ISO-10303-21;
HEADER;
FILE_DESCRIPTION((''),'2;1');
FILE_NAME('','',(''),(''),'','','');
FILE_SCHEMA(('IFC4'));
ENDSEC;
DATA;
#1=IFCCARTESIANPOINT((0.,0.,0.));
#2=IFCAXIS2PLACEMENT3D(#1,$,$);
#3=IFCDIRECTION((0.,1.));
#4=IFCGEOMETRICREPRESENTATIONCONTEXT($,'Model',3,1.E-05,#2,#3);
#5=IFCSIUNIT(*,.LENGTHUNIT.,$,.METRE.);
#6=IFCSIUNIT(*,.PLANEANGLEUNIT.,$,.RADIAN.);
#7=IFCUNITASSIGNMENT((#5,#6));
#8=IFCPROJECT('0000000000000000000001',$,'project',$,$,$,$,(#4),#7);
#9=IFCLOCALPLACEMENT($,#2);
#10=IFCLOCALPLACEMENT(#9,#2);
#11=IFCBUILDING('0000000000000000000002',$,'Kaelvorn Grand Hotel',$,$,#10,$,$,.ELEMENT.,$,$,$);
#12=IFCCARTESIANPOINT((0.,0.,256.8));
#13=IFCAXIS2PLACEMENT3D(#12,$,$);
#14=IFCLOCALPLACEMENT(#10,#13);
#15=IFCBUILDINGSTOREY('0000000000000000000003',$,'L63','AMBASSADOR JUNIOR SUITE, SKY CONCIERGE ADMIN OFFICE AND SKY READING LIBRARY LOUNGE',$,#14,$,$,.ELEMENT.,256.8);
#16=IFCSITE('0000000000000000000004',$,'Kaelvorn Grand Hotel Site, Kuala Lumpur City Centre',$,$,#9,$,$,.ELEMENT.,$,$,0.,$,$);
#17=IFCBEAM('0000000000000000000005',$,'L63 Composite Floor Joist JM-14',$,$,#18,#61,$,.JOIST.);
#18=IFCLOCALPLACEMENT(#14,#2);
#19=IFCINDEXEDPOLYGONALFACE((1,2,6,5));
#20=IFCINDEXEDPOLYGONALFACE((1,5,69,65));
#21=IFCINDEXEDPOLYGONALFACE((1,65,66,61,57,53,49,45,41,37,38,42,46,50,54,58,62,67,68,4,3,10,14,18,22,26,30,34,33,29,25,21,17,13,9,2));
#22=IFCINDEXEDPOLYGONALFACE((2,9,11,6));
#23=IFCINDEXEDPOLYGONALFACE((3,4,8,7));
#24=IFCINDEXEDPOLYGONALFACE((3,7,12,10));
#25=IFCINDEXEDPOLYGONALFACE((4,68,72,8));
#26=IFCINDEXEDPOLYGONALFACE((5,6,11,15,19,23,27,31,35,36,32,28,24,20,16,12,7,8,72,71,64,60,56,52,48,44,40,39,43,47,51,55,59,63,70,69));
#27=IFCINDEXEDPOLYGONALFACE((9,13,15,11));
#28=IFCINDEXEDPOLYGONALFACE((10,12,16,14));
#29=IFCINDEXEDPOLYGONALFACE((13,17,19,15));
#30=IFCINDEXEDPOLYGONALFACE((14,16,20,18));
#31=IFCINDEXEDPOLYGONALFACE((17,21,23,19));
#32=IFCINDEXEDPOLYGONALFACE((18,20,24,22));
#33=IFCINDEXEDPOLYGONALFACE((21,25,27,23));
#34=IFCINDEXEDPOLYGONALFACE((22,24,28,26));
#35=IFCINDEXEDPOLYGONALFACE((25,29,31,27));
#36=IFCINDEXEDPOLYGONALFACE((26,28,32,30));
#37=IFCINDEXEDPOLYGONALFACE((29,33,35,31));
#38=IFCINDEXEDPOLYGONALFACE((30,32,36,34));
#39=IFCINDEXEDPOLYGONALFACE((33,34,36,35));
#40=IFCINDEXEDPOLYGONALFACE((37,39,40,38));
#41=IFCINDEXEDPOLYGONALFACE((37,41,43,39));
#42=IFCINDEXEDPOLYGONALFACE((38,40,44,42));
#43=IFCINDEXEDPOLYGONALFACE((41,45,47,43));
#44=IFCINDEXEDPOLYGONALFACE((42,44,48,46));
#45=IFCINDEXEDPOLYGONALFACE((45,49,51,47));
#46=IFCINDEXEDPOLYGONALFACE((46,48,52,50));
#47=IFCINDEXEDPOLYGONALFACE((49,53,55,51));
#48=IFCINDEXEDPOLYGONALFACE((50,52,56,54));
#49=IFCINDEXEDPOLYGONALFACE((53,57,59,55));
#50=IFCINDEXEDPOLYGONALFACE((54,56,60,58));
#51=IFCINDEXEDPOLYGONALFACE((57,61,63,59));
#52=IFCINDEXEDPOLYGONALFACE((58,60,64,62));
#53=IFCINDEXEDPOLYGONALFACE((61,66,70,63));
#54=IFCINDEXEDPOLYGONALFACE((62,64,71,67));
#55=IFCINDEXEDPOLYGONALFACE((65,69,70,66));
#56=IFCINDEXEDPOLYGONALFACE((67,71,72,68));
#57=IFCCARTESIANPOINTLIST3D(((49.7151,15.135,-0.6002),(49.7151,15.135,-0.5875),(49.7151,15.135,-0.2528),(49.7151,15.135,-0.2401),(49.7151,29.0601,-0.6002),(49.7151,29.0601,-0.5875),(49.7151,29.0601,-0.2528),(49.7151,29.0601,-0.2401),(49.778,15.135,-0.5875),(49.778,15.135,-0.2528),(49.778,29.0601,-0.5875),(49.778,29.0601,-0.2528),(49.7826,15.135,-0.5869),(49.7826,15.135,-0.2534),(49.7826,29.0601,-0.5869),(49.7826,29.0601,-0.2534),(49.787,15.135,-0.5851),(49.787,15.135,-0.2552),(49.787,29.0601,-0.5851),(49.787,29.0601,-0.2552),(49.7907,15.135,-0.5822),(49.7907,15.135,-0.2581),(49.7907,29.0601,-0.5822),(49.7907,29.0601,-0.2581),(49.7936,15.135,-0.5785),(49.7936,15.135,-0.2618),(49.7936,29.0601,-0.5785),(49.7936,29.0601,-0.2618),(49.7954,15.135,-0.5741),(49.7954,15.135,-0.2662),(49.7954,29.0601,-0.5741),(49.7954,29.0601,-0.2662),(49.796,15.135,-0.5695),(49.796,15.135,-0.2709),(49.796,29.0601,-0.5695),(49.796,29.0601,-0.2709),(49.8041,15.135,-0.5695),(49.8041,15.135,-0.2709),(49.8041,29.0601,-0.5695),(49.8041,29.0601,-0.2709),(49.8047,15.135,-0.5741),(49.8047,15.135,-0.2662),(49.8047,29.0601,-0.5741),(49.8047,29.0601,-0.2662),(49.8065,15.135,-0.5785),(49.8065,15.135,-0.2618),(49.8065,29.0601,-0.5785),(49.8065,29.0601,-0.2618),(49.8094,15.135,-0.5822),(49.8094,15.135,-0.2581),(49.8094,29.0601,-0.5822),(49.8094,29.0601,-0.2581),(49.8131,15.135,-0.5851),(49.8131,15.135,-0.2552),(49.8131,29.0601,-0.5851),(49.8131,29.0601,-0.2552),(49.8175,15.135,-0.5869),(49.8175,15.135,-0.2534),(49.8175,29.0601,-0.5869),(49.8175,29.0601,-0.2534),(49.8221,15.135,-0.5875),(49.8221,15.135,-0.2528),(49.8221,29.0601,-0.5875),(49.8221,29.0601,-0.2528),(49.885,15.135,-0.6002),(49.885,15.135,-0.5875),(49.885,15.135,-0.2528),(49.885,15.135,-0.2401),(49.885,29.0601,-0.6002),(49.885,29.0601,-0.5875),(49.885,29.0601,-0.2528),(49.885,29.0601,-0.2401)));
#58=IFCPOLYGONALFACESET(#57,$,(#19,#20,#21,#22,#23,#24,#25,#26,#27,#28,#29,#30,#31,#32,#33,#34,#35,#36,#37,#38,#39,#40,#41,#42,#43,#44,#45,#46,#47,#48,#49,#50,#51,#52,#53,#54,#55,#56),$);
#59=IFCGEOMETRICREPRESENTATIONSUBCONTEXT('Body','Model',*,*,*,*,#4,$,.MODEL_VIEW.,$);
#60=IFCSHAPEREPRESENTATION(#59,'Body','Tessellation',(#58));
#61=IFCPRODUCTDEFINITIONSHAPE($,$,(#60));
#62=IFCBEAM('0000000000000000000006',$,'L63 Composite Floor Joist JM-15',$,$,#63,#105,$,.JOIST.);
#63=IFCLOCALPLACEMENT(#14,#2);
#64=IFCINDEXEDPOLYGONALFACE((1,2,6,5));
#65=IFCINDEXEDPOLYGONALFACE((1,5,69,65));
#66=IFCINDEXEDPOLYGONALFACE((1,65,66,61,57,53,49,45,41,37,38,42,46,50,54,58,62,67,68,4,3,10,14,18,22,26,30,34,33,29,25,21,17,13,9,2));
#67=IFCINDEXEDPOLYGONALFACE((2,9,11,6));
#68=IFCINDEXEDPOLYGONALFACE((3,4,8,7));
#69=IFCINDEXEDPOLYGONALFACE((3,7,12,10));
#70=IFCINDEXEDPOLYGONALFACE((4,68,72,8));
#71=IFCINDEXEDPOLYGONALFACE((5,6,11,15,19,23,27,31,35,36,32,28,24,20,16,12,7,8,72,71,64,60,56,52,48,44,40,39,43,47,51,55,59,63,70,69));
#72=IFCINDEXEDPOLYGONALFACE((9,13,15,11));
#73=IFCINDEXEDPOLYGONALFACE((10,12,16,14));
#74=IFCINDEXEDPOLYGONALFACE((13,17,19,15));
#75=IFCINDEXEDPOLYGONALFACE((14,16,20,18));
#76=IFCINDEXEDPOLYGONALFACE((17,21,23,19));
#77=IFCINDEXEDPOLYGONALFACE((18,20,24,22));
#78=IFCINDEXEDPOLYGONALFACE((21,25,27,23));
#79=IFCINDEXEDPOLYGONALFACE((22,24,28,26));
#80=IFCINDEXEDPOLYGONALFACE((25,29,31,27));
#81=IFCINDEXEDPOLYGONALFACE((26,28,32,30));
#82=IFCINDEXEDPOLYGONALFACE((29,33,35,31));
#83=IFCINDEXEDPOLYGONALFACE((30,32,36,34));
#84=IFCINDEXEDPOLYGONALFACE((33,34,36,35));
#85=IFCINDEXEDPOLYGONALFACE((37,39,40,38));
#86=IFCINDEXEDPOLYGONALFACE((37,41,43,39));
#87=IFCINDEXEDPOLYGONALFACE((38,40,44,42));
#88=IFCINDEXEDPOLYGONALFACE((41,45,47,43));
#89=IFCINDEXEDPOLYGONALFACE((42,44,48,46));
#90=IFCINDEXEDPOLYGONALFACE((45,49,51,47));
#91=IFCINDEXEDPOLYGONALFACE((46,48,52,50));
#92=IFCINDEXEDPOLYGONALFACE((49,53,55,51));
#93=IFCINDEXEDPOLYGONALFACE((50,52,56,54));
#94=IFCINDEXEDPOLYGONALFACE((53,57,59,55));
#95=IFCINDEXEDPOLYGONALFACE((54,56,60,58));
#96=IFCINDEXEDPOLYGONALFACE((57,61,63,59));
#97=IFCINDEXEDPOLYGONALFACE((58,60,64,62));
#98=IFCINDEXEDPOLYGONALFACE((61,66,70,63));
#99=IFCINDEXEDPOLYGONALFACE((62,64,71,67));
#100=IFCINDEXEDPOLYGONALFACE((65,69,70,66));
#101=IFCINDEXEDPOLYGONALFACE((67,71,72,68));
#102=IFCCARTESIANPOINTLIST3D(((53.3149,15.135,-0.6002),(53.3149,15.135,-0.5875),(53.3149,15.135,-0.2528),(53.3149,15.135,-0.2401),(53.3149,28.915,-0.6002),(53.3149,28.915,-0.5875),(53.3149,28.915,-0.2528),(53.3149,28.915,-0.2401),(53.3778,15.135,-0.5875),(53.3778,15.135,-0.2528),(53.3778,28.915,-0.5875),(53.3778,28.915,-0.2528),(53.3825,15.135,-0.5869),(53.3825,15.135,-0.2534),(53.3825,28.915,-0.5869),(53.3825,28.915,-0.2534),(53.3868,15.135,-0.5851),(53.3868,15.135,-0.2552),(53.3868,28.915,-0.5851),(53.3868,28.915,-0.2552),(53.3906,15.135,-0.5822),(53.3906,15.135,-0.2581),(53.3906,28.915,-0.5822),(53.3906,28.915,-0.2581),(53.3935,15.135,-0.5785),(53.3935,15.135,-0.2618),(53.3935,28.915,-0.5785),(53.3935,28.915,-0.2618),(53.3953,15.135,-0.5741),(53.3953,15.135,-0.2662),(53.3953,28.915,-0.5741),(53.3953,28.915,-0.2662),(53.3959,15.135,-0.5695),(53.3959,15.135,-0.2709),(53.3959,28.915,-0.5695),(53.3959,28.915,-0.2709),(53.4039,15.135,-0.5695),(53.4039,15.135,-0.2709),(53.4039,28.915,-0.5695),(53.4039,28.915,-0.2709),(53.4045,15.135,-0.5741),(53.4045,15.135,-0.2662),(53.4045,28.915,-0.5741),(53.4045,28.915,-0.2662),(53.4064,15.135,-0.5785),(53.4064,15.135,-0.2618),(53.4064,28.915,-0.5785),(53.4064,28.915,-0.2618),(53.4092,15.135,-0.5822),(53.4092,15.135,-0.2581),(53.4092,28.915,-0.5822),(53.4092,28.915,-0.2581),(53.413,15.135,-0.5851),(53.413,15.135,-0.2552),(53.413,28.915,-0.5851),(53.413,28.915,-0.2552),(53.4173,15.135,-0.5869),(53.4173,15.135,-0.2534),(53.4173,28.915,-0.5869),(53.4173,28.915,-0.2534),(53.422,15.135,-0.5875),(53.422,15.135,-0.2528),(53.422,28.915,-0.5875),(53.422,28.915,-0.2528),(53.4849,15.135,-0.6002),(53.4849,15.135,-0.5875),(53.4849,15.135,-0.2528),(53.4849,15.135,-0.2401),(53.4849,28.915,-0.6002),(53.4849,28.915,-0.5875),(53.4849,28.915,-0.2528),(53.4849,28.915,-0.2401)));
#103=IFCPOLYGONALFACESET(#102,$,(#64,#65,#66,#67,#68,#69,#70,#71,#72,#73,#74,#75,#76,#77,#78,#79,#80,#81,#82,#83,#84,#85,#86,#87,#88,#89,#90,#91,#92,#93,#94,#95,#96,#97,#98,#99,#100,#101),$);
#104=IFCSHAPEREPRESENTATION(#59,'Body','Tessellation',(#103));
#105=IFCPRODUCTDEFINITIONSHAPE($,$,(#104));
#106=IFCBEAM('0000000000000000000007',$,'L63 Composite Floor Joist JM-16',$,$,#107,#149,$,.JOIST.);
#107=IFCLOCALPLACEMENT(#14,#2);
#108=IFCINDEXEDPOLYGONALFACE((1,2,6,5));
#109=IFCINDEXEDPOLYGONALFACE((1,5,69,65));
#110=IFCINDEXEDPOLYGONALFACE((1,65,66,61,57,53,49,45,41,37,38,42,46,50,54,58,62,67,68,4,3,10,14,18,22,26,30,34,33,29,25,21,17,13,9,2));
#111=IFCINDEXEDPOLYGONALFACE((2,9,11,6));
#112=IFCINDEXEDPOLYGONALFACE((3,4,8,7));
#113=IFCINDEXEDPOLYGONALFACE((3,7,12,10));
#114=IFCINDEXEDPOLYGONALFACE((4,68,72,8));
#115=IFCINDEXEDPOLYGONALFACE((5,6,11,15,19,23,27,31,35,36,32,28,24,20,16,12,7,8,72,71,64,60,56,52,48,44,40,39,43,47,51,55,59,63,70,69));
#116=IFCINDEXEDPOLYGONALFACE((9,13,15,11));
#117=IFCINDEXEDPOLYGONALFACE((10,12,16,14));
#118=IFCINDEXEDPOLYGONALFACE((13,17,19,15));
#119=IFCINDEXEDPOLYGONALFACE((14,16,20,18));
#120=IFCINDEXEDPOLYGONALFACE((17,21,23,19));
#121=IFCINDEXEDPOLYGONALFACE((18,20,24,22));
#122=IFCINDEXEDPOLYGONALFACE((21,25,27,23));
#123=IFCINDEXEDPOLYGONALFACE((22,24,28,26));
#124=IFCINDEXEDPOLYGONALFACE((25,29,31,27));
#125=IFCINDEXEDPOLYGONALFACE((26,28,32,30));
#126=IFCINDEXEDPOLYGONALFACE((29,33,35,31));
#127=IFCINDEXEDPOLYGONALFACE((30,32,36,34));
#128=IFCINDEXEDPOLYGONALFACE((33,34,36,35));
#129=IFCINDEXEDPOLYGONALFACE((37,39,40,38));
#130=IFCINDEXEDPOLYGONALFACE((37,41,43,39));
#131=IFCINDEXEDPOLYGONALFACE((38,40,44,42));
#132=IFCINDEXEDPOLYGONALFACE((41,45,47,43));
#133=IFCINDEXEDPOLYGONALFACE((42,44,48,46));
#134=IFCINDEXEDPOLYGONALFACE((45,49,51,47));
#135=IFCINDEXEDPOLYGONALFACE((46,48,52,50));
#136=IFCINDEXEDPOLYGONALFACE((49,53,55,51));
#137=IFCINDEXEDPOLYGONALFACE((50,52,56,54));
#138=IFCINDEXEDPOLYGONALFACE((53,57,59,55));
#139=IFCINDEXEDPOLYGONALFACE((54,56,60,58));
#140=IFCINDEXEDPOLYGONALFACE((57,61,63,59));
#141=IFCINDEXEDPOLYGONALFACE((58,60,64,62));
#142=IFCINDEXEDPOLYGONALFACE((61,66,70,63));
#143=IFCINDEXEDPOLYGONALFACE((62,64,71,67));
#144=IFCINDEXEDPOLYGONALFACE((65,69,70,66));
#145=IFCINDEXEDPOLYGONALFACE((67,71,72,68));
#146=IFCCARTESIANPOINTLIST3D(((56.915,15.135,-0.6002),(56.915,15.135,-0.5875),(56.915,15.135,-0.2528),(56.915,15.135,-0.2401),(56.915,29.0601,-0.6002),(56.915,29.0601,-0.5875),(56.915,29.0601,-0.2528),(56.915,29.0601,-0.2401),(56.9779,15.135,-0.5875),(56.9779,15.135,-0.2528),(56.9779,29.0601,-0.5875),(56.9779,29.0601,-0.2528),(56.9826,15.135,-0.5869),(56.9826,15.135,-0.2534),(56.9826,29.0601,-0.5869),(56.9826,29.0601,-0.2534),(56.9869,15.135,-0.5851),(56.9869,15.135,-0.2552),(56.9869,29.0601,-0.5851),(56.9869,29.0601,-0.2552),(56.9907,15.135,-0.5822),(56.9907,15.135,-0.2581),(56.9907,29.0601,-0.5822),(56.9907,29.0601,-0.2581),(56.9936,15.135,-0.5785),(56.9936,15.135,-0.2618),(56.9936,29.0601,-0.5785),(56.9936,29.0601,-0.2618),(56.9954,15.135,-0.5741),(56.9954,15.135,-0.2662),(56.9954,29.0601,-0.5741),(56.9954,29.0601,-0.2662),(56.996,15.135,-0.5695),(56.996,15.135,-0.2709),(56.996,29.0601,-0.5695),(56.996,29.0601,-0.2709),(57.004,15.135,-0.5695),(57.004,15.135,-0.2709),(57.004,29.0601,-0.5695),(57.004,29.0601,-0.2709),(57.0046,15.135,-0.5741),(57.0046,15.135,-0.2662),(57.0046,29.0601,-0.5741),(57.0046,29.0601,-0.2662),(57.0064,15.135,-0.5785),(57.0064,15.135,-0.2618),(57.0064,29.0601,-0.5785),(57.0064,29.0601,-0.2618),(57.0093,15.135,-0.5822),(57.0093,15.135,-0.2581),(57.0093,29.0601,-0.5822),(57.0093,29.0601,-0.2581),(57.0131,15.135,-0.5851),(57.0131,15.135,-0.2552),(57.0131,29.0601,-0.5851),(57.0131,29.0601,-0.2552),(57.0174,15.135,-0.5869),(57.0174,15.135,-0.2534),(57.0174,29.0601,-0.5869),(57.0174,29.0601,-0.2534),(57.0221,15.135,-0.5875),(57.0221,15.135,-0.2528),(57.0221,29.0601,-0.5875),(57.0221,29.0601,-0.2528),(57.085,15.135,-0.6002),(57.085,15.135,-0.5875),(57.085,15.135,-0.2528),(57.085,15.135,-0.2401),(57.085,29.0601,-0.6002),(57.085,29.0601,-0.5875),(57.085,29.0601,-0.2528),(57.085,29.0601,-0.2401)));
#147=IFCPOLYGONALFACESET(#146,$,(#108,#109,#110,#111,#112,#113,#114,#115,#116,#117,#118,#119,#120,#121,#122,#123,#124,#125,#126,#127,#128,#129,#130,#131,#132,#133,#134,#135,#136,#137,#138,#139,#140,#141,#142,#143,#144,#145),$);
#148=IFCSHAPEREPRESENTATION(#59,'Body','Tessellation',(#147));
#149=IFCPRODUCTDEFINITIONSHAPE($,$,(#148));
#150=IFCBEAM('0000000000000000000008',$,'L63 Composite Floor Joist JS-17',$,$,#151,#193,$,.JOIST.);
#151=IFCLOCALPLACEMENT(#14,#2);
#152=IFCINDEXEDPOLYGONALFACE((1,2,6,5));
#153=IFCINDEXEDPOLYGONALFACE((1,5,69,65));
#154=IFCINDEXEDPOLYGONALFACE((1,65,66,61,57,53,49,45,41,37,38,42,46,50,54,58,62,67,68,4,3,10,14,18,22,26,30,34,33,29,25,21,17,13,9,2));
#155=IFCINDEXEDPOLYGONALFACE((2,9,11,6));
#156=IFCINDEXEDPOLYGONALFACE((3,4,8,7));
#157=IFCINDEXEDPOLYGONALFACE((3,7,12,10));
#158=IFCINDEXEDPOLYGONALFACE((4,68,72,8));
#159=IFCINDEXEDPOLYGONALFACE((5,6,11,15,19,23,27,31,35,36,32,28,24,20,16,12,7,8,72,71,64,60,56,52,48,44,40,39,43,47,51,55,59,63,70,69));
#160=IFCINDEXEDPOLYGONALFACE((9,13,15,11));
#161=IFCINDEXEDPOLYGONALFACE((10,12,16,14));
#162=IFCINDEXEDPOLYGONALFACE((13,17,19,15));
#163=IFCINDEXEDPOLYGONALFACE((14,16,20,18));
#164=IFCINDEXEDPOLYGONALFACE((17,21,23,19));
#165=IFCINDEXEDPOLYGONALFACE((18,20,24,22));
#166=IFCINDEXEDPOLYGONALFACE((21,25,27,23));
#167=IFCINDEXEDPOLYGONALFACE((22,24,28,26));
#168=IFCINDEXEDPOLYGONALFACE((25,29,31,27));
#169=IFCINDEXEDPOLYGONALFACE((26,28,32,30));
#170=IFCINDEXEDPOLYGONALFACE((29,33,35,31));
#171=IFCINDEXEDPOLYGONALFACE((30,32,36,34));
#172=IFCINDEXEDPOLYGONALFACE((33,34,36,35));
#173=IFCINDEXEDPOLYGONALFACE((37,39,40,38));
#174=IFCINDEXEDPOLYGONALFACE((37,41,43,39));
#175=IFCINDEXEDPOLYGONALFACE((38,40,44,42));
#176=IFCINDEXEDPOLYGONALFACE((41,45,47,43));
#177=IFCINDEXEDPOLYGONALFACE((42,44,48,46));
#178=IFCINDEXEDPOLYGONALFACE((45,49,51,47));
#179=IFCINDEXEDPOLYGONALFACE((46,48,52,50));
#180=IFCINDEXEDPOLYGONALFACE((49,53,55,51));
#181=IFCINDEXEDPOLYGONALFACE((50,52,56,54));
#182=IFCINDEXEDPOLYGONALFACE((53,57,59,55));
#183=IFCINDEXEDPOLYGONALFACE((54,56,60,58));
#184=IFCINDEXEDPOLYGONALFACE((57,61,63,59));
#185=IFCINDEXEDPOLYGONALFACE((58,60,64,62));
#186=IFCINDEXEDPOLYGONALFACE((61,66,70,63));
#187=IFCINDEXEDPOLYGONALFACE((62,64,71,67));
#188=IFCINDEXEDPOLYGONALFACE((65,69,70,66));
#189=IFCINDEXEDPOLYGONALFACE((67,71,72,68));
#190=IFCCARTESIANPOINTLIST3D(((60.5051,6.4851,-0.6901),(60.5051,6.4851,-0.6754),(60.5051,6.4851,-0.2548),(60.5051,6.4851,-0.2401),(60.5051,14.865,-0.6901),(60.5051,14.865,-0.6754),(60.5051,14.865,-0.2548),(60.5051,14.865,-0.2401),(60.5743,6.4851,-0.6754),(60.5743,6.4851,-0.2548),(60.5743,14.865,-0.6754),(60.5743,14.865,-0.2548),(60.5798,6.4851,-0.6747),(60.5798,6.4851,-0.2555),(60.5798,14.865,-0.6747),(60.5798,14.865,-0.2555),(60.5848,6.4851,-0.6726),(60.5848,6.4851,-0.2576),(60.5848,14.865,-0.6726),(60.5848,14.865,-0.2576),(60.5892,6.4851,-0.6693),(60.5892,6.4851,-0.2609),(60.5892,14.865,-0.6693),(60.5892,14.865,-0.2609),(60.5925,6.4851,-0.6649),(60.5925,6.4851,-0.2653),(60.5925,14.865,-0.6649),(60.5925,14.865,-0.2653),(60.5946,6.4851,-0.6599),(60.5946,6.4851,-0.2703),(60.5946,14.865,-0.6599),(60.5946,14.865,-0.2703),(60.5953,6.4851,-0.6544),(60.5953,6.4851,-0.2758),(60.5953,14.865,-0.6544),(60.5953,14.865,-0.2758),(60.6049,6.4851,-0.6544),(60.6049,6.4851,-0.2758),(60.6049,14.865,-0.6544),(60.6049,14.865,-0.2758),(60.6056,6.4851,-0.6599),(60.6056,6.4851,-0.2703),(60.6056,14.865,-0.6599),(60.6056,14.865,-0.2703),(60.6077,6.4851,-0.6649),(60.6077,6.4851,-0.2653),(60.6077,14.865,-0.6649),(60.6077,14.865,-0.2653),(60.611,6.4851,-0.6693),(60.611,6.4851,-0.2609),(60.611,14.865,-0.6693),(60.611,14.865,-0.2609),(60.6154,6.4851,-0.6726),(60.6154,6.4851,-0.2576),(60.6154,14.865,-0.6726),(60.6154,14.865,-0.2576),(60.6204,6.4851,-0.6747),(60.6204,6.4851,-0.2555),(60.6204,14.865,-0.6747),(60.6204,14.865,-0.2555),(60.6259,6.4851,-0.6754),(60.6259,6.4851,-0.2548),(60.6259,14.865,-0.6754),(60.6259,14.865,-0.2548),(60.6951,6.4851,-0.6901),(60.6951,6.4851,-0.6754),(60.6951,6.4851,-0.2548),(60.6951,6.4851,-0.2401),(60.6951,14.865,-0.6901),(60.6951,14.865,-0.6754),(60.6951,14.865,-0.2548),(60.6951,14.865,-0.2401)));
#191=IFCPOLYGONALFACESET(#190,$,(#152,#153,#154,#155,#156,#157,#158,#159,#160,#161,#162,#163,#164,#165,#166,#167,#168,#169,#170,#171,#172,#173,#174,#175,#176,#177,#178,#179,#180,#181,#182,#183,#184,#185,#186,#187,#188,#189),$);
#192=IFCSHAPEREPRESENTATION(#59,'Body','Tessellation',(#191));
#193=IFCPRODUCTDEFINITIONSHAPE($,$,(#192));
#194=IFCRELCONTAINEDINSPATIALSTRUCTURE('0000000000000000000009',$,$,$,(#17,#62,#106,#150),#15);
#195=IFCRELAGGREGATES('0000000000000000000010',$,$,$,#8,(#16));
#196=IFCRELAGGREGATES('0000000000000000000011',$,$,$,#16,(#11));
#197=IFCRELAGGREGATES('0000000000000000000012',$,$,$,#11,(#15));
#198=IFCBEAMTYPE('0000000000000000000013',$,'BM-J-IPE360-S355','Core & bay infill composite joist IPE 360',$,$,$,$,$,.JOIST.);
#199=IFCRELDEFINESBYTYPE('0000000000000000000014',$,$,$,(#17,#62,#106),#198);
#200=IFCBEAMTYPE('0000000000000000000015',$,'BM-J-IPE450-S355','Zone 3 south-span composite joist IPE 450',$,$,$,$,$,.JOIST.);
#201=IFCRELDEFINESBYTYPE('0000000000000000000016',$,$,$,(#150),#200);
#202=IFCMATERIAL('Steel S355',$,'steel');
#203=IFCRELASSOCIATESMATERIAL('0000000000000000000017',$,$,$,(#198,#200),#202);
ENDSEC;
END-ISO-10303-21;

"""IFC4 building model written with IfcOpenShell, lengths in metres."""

from ifc_helpers import new_model, si_unit, direction, frame, origin, origin_2d, place, context, subcontext, project, spatial, i_section, extrude, material, material_profile, profile_set, type_object, element, save


model = new_model("IFC4")

# Units and contexts
model_context = context("Model", 3, precision=1e-05, world=origin(), true_north=direction((0.0, 1.0)))
body_context = subcontext(model_context, "Body", "Model", "MODEL_VIEW")
ifc_project = project(units=[si_unit("LENGTHUNIT", "METRE"), si_unit("PLANEANGLEUNIT", "RADIAN")], contexts=[model_context])

# Site, building, storey
site_placement = place(None, origin())
site = spatial("IfcSite", under=ifc_project, at=site_placement, Name="Kaelvorn Grand Hotel Site, Kuala Lumpur City Centre", CompositionType="ELEMENT", RefElevation=0.0)
building_placement = place(site_placement, origin())
building = spatial("IfcBuilding", under=site, at=building_placement, Name="Kaelvorn Grand Hotel", CompositionType="ELEMENT")
storey_placement = place(building_placement, frame((0.0, 0.0, 256.8)))
storey = spatial("IfcBuildingStorey", under=building, at=storey_placement, Name="L63", Description="AMBASSADOR JUNIOR SUITE, SKY CONCIERGE ADMIN OFFICE AND SKY READING LIBRARY LOUNGE", CompositionType="ELEMENT", Elevation=256.8)

# Beams
ifc_material_1 = material(Name="Steel S355", Category="steel")
ifc_material_profile_1 = material_profile(ifc_material_1, i_section(OverallWidth=0.1699, OverallDepth=0.3601, WebThickness=0.0081, FlangeThickness=0.0127, FilletRadius=0.0181, at=origin_2d()), Name="IPE 360")
ifc_profile_set_1 = profile_set([ifc_material_profile_1], Name="Steel S355")
beam_type_1 = type_object("IfcBeamType", Name="BM-J-IPE360-S355", Description="Core & bay infill composite joist IPE 360", PredefinedType="JOIST", material=ifc_profile_set_1)
beam_1_placement = place(storey_placement, frame((49.8, 15.135, -0.4202), z_axis=(0.0, 1.0, 0.0), x_axis=(-1.0, 0.0, 0.0)))
element("IfcBeam", 1, at=beam_1_placement, inside=storey, type_object=beam_type_1, Name="L63 Composite Floor Joist JM-14", PredefinedType="JOIST", context=body_context, shape_type="SweptSolid", body=[
    extrude(i_section(OverallWidth=0.1699, OverallDepth=0.3601, WebThickness=0.0081, FlangeThickness=0.0127, FilletRadius=0.0181, at=origin_2d()), origin(), (0.0, 0.0, 1.0), 13.925),
])
beam_2_placement = place(storey_placement, frame((53.3999, 15.135, -0.4202), z_axis=(0.0, 1.0, 0.0), x_axis=(-1.0, 0.0, 0.0)))
element("IfcBeam", 2, at=beam_2_placement, inside=storey, type_object=beam_type_1, Name="L63 Composite Floor Joist JM-15", PredefinedType="JOIST", context=body_context, shape_type="SweptSolid", body=[
    extrude(i_section(OverallWidth=0.1699, OverallDepth=0.3601, WebThickness=0.0081, FlangeThickness=0.0127, FilletRadius=0.0181, at=origin_2d()), origin(), (0.0, 0.0, 1.0), 13.78),
])
beam_3_placement = place(storey_placement, frame((57.0, 15.135, -0.4202), z_axis=(0.0, 1.0, 0.0), x_axis=(-1.0, 0.0, 0.0)))
element("IfcBeam", 3, at=beam_3_placement, inside=storey, type_object=beam_type_1, Name="L63 Composite Floor Joist JM-16", PredefinedType="JOIST", context=body_context, shape_type="SweptSolid", body=[
    extrude(i_section(OverallWidth=0.1699, OverallDepth=0.3601, WebThickness=0.0081, FlangeThickness=0.0127, FilletRadius=0.0181, at=origin_2d()), origin(), (0.0, 0.0, 1.0), 13.925),
])
ifc_material_profile_2 = material_profile(ifc_material_1, i_section(OverallWidth=0.1899, OverallDepth=0.45, WebThickness=0.0095, FlangeThickness=0.0146, FilletRadius=0.021, at=origin_2d()), Name="IPE 450")
ifc_profile_set_2 = profile_set([ifc_material_profile_2], Name="Steel S355")
beam_type_2 = type_object("IfcBeamType", Name="BM-J-IPE450-S355", Description="Zone 3 south-span composite joist IPE 450", PredefinedType="JOIST", material=ifc_profile_set_2)
beam_4_placement = place(storey_placement, frame((60.6001, 6.4851, -0.4651), z_axis=(0.0, 1.0, 0.0), x_axis=(-1.0, 0.0, 0.0)))
element("IfcBeam", 4, at=beam_4_placement, inside=storey, type_object=beam_type_2, Name="L63 Composite Floor Joist JS-17", PredefinedType="JOIST", context=body_context, shape_type="SweptSolid", body=[
    extrude(i_section(OverallWidth=0.1899, OverallDepth=0.45, WebThickness=0.0095, FlangeThickness=0.0146, FilletRadius=0.021, at=origin_2d()), origin(), (0.0, 0.0, 1.0), 8.3799),
])

save(model, "model.ifc")
